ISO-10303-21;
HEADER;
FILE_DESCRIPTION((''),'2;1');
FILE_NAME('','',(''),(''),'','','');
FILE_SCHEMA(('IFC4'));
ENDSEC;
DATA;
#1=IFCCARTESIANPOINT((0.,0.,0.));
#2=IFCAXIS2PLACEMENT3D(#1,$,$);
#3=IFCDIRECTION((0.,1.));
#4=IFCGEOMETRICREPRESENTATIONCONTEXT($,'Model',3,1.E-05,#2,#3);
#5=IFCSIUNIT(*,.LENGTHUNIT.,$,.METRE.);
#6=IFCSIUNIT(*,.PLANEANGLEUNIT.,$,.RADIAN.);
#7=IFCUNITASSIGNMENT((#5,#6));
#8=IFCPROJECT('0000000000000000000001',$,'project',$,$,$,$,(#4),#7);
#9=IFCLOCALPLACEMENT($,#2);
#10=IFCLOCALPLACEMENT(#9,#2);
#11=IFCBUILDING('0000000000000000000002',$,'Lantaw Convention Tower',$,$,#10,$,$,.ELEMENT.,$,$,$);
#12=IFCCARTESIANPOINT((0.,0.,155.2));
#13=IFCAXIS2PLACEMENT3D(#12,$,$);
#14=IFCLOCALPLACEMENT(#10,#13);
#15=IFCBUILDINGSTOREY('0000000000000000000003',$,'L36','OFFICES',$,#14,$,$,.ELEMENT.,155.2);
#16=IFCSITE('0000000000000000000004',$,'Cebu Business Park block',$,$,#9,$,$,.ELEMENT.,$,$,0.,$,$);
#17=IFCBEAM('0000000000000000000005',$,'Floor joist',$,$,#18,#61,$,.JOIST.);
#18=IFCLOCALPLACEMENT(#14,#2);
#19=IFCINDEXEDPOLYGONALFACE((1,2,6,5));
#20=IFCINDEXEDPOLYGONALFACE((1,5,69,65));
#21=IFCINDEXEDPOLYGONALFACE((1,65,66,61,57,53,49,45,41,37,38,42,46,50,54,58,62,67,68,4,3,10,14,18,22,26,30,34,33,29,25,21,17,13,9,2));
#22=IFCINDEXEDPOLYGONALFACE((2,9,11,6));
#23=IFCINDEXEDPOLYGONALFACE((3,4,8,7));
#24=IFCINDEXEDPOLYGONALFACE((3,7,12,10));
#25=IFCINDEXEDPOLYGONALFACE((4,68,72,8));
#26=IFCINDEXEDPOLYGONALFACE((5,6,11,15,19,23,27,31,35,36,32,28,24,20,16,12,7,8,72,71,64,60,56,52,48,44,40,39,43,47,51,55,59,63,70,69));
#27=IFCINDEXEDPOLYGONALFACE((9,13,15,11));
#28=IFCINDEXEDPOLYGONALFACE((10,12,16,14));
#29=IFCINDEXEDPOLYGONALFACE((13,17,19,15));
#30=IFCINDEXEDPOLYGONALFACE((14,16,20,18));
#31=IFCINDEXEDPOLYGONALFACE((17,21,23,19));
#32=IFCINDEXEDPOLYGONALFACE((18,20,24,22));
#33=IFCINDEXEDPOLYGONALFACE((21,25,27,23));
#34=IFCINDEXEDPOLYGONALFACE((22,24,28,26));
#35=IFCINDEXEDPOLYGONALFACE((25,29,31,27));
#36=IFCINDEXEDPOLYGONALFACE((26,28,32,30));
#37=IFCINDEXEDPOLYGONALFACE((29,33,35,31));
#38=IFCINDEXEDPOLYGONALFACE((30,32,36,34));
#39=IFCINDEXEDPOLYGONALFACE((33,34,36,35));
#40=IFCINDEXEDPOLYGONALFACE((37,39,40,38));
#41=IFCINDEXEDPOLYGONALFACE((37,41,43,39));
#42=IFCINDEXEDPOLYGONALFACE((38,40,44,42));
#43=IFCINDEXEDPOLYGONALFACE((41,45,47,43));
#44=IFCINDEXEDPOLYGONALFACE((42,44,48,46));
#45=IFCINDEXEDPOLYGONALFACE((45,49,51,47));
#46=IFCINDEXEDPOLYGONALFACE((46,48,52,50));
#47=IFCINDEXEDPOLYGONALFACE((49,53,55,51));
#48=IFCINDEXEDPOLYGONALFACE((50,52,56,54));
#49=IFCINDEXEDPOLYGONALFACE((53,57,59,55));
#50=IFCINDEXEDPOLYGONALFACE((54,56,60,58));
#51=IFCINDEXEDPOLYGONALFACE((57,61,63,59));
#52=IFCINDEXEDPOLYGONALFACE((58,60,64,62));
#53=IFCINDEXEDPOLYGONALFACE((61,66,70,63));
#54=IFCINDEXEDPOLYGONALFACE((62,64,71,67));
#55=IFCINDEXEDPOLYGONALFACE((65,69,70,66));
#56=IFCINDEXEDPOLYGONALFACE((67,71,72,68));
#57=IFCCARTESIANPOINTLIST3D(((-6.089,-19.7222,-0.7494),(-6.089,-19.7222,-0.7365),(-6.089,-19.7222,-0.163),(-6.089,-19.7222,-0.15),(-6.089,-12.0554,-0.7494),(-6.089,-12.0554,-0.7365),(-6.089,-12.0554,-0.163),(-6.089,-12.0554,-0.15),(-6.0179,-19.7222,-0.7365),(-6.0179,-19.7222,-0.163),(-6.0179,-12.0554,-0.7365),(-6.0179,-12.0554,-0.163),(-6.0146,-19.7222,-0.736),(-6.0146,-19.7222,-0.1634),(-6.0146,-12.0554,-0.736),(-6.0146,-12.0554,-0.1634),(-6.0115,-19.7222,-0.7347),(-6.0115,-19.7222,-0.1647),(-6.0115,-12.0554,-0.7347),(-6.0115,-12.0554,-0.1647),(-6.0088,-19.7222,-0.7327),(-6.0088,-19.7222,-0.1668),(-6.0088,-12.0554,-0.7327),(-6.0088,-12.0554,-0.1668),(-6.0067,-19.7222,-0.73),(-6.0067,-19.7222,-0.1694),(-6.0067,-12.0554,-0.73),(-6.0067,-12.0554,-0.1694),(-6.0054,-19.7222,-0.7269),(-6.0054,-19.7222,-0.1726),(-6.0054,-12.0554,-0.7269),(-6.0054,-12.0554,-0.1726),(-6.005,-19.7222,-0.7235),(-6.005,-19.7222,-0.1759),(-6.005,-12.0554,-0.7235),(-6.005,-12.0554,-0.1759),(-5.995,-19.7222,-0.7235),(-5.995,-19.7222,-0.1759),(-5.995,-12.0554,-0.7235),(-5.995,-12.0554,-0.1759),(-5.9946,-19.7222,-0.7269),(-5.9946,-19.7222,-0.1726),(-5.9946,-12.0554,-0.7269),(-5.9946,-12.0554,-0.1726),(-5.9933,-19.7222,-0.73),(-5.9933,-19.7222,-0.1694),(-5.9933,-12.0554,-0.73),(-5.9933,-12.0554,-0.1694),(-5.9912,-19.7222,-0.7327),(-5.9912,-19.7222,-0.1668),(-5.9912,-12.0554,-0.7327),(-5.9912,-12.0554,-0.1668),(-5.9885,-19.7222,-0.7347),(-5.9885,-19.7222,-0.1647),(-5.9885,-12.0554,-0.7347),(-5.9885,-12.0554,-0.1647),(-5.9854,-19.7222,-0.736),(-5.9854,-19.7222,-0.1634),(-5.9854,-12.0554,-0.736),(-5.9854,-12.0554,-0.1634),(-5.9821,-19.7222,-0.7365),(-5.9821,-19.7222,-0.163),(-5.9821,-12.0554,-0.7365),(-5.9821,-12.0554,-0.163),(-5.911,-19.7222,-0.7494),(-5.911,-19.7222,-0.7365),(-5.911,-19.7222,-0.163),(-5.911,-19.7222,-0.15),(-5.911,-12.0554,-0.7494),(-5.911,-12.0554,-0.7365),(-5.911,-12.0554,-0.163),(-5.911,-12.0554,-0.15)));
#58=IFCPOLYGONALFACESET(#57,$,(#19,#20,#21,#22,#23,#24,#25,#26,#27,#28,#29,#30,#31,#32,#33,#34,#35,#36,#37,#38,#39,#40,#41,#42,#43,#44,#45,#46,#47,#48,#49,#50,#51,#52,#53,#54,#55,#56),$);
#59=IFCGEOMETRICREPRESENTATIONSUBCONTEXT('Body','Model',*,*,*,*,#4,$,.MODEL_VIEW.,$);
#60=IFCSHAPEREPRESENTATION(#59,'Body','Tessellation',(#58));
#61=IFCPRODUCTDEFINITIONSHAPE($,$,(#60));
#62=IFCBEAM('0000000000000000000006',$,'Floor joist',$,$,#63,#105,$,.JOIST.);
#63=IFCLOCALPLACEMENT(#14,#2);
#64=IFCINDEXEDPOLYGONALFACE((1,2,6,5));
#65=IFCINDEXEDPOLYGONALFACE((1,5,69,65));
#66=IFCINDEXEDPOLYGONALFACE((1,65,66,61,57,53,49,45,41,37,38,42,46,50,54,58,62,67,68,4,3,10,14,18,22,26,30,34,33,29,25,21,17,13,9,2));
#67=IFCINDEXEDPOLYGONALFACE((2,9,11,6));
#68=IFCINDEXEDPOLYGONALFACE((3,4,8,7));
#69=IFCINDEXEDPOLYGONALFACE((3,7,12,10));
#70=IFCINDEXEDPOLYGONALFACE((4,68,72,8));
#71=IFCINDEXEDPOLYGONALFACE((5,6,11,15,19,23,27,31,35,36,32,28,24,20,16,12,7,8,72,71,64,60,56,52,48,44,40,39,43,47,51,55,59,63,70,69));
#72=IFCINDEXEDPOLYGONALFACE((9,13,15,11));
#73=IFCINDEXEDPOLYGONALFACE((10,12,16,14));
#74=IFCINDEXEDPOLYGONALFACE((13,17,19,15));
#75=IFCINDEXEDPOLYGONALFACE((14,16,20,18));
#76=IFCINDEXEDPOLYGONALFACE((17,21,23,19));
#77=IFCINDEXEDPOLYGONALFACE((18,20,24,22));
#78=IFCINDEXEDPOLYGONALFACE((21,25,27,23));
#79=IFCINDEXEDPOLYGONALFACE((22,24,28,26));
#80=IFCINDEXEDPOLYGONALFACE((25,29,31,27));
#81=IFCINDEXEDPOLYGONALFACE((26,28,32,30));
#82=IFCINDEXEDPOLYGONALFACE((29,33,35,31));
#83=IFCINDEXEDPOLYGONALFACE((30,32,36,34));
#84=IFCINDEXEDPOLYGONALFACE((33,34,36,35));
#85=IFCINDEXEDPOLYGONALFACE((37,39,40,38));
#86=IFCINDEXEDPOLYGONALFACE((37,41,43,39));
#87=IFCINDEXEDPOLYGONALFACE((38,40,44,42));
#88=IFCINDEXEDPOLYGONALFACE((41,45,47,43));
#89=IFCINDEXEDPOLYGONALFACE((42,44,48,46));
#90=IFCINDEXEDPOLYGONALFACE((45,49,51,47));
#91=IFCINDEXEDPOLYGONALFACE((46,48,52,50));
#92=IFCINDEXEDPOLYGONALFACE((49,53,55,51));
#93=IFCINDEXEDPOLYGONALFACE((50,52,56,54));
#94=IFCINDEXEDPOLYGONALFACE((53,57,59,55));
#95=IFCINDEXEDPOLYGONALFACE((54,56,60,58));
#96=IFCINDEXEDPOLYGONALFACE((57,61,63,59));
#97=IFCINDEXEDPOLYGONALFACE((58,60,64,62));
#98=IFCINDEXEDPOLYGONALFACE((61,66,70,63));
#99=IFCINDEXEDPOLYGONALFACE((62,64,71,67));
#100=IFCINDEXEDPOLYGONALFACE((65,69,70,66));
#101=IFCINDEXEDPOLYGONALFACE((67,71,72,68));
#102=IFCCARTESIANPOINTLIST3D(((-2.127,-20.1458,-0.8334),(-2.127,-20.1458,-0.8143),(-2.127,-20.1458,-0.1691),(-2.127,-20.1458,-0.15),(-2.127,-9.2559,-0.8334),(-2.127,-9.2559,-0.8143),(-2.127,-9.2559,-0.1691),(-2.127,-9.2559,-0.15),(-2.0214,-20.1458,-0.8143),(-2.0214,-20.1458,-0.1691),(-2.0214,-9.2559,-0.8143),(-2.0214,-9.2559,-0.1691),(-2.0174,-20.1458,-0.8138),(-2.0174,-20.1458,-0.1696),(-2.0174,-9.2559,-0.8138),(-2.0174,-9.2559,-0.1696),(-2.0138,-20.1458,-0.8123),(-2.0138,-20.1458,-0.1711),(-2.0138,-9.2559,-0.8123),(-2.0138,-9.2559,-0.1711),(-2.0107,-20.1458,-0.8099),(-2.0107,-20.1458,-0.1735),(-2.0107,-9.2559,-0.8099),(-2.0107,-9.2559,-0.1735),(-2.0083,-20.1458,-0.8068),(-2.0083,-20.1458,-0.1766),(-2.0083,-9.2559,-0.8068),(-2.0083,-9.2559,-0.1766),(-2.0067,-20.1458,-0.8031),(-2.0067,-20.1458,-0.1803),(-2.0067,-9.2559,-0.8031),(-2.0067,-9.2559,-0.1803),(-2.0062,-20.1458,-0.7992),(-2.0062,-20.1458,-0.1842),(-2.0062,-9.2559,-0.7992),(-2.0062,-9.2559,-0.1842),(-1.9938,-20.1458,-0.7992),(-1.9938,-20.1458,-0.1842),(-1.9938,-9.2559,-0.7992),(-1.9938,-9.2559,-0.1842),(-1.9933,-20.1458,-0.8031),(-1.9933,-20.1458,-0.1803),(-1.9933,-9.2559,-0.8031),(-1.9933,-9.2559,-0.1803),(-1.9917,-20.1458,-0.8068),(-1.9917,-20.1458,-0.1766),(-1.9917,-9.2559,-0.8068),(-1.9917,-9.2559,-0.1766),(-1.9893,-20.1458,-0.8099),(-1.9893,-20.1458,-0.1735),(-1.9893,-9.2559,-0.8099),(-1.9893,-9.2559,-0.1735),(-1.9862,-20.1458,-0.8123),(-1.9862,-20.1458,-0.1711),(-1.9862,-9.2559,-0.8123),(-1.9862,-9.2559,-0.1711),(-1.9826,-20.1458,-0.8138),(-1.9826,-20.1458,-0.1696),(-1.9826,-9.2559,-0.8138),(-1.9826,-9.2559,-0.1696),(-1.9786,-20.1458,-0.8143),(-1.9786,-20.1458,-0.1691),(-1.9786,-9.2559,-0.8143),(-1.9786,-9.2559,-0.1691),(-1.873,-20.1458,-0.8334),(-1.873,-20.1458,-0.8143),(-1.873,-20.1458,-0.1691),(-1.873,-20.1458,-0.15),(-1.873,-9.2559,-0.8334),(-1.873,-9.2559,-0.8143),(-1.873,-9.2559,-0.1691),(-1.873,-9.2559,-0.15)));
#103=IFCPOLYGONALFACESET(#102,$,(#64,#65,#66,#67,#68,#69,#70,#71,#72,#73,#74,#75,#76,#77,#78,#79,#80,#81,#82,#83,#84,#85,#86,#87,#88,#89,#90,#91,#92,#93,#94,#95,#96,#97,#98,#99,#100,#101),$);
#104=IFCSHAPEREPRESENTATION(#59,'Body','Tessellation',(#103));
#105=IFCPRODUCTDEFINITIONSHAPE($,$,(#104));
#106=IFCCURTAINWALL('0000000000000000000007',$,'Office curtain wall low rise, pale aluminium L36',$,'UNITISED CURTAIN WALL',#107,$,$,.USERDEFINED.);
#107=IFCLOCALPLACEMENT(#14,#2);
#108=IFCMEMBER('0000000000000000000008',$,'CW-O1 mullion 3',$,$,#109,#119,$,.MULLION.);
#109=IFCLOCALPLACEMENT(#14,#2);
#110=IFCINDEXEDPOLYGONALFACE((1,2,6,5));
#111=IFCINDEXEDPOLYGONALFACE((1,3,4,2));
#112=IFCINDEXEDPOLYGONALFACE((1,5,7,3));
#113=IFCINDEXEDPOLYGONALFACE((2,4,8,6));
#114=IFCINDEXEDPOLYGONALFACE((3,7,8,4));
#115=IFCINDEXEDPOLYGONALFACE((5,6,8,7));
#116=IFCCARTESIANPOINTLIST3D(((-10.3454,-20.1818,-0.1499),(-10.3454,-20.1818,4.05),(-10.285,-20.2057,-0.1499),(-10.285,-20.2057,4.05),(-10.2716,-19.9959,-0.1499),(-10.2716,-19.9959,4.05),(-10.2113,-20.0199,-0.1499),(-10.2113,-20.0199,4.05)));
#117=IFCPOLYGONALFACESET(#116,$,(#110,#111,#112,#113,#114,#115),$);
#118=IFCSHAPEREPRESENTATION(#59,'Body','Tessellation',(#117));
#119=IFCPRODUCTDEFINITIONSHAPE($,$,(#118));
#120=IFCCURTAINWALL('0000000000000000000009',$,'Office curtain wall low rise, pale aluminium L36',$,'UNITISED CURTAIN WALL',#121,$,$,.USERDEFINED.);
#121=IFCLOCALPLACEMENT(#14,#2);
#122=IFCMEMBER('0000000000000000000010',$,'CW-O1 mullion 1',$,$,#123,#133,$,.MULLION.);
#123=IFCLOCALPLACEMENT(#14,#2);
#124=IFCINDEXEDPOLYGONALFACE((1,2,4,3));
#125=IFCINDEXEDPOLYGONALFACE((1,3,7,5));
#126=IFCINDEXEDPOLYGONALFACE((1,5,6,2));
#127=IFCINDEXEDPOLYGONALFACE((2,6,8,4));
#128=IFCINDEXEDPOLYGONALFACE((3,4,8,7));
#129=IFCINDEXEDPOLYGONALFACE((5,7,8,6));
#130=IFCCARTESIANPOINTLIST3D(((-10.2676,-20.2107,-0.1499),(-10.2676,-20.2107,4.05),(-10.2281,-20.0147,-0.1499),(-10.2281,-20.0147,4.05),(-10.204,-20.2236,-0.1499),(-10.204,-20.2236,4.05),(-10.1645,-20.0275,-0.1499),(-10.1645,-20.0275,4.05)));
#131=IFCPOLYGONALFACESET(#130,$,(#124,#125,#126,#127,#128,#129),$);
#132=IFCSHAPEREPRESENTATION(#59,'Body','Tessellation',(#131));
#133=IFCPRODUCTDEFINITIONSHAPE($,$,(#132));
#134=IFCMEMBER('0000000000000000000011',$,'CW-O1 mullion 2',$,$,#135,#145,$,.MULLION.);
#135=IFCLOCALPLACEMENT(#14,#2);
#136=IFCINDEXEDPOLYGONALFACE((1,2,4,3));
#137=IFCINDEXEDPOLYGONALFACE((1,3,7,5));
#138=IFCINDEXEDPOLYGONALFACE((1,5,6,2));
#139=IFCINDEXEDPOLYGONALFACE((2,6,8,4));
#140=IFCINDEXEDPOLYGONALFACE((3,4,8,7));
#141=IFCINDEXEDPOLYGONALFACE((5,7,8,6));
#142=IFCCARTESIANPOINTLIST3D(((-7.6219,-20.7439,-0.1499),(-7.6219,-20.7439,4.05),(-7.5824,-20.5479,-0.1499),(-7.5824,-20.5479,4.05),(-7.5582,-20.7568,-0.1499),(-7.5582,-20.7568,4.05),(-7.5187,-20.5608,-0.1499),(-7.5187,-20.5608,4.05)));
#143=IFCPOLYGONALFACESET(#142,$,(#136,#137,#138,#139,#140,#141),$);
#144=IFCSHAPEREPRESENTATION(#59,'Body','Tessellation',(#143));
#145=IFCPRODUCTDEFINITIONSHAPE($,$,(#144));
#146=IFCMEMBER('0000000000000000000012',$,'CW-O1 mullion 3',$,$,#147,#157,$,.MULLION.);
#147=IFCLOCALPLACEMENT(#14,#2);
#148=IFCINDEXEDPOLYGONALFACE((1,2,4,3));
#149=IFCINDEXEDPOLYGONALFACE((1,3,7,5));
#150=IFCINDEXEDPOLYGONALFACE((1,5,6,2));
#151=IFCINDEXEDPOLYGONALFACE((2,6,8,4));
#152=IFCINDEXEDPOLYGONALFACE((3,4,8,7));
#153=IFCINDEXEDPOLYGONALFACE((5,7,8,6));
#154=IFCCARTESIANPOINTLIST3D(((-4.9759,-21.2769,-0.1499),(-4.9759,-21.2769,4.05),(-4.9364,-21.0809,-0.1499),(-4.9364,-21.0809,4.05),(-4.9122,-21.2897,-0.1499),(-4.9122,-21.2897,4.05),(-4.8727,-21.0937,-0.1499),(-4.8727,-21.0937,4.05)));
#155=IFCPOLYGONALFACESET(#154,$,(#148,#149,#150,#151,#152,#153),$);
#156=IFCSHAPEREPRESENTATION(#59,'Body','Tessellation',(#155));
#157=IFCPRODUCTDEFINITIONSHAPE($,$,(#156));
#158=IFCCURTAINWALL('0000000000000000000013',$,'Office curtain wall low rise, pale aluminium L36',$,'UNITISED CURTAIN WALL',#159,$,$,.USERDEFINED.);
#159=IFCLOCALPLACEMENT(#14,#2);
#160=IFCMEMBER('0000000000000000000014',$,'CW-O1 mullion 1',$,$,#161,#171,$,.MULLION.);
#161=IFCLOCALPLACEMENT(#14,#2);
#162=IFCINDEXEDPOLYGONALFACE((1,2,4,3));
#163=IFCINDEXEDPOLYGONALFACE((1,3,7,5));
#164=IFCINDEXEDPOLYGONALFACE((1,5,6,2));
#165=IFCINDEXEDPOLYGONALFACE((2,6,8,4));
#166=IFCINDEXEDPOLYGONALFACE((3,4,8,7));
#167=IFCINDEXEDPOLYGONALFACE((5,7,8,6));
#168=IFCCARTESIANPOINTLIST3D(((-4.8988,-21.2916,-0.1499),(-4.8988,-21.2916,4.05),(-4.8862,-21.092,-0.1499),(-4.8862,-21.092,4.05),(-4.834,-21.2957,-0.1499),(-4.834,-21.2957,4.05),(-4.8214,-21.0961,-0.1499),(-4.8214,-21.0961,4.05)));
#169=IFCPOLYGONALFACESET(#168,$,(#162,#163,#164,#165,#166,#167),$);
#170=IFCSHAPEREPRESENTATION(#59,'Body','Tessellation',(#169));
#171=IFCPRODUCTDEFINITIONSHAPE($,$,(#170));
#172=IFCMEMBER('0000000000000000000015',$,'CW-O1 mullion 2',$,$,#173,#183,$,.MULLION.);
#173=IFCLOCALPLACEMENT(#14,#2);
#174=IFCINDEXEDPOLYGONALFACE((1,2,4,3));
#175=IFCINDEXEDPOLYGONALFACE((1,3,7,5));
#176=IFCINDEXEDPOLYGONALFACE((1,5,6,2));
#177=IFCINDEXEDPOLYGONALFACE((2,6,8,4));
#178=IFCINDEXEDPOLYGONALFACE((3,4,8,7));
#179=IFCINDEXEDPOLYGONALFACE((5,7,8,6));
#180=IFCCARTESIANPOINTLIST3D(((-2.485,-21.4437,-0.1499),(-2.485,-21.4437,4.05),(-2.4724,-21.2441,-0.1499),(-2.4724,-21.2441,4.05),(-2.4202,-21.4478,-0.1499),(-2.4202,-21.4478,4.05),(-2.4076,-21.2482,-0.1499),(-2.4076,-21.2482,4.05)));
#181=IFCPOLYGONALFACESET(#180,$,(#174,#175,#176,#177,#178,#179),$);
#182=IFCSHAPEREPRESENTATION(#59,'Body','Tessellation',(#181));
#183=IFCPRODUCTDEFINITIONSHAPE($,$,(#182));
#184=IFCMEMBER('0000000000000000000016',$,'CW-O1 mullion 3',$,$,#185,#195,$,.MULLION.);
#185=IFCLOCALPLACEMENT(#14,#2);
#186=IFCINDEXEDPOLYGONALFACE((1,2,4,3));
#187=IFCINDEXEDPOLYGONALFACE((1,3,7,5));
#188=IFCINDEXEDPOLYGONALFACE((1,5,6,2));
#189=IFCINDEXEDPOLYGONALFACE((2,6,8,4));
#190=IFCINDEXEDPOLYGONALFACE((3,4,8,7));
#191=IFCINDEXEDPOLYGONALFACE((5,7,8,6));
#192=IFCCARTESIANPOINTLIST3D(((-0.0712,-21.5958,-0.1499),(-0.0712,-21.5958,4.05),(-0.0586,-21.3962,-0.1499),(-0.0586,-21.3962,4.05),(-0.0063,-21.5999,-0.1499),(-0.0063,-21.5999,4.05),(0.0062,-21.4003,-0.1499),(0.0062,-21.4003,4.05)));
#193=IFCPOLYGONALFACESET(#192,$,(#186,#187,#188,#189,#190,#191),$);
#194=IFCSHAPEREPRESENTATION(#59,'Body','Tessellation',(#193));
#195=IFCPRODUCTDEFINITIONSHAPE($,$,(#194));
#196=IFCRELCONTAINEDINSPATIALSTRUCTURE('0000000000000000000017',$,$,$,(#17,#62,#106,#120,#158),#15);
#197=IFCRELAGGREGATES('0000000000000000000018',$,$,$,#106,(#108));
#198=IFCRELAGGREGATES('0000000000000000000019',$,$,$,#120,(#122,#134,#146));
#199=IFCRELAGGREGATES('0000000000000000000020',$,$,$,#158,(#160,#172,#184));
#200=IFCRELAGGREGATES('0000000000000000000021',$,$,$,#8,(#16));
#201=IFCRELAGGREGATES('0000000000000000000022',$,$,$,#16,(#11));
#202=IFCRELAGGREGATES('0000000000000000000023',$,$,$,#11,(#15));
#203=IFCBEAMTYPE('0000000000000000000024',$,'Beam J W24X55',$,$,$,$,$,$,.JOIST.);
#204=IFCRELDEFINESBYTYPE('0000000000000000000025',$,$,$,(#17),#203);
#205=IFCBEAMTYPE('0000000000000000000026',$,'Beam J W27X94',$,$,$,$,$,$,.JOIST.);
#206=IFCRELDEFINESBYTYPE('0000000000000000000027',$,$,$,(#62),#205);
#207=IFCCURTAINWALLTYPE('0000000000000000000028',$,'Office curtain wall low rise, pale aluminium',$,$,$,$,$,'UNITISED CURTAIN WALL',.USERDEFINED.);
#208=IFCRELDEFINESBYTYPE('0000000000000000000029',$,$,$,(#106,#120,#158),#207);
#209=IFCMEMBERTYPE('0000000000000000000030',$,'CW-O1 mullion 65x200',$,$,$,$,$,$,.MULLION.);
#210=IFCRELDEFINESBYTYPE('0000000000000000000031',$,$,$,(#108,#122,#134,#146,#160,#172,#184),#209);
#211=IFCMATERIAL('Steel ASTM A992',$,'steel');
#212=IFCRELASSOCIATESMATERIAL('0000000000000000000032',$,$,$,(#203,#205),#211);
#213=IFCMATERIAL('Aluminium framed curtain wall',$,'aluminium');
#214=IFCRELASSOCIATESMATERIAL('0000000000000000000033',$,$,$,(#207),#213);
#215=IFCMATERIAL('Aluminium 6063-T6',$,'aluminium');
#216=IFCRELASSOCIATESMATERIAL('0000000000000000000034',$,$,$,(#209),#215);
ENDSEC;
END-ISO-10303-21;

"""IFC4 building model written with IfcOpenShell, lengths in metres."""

from ifc_helpers import new_model, si_unit, direction, frame, origin, origin_2d, place, context, subcontext, project, spatial, rectangle, i_section, extrude, material, material_profile, profile_set, type_object, element, aggregate, save


model = new_model("IFC4")

# Units and contexts
model_context = context("Model", 3, precision=1e-05, world=origin(), true_north=direction((0.0, 1.0)))
body_context = subcontext(model_context, "Body", "Model", "MODEL_VIEW")
ifc_project = project(units=[si_unit("LENGTHUNIT", "METRE"), si_unit("PLANEANGLEUNIT", "RADIAN")], contexts=[model_context])

# Site, building, storey
site_placement = place(None, origin())
site = spatial("IfcSite", under=ifc_project, at=site_placement, Name="Cebu Business Park block", CompositionType="ELEMENT", RefElevation=0.0)
building_placement = place(site_placement, origin())
building = spatial("IfcBuilding", under=site, at=building_placement, Name="Lantaw Convention Tower", CompositionType="ELEMENT")
storey_placement = place(building_placement, frame((0.0, 0.0, 155.2)))
storey = spatial("IfcBuildingStorey", under=building, at=storey_placement, Name="L36", Description="OFFICES", CompositionType="ELEMENT", Elevation=155.2)

# Beams
ifc_material_1 = material(Name="Steel ASTM A992", Category="steel")
ifc_material_profile_1 = material_profile(ifc_material_1, i_section(OverallWidth=0.178, OverallDepth=0.5994, WebThickness=0.01, FlangeThickness=0.0129, FilletRadius=0.0129, at=origin_2d()), Name="W24X55")
ifc_profile_set_1 = profile_set([ifc_material_profile_1], Name="Steel ASTM A992")
beam_type_1 = type_object("IfcBeamType", Name="Beam J W24X55", PredefinedType="JOIST", material=ifc_profile_set_1)
beam_1_placement = place(storey_placement, frame((-6.0, -19.7222, -0.4497), z_axis=(0.0, 1.0, 0.0), x_axis=(-1.0, 0.0, 0.0)))
element("IfcBeam", 1, at=beam_1_placement, inside=storey, type_object=beam_type_1, Name="Floor joist", PredefinedType="JOIST", context=body_context, shape_type="SweptSolid", body=[
    extrude(i_section(OverallWidth=0.178, OverallDepth=0.5994, WebThickness=0.01, FlangeThickness=0.0129, FilletRadius=0.0129, at=origin_2d()), origin(), (0.0, 0.0, 1.0), 7.6667),
])
ifc_material_profile_2 = material_profile(ifc_material_1, i_section(OverallWidth=0.2539, OverallDepth=0.6833, WebThickness=0.0125, FlangeThickness=0.019, FilletRadius=0.0151, at=origin_2d()), Name="W27X94")
ifc_profile_set_2 = profile_set([ifc_material_profile_2], Name="Steel ASTM A992")
beam_type_2 = type_object("IfcBeamType", Name="Beam J W27X94", PredefinedType="JOIST", material=ifc_profile_set_2)
beam_2_placement = place(storey_placement, frame((-2.0, -20.1458, -0.4917), z_axis=(0.0, 1.0, 0.0), x_axis=(-1.0, 0.0, 0.0)))
element("IfcBeam", 2, at=beam_2_placement, inside=storey, type_object=beam_type_2, Name="Floor joist", PredefinedType="JOIST", context=body_context, shape_type="SweptSolid", body=[
    extrude(i_section(OverallWidth=0.2539, OverallDepth=0.6833, WebThickness=0.0125, FlangeThickness=0.019, FilletRadius=0.0151, at=origin_2d()), origin(), (0.0, 0.0, 1.0), 10.8899),
])

# Curtain wall, member
ifc_material_2 = material(Name="Aluminium framed curtain wall", Category="aluminium")
curtain_wall_type = type_object("IfcCurtainWallType", Name="Office curtain wall low rise, pale aluminium", ElementType="UNITISED CURTAIN WALL", PredefinedType="USERDEFINED", material=ifc_material_2)
curtain_wall_1_placement = place(storey_placement, origin())
curtain_wall_1 = element("IfcCurtainWall", 3, at=curtain_wall_1_placement, inside=storey, type_object=curtain_wall_type, Name="Office curtain wall low rise, pale aluminium L36", ObjectType="UNITISED CURTAIN WALL", PredefinedType="USERDEFINED")
ifc_material_3 = material(Name="Aluminium 6063-T6", Category="aluminium")
ifc_material_profile_3 = material_profile(ifc_material_3, rectangle(XDim=0.2, YDim=0.0649, at=origin_2d()), Name="CW-O1 mullion 65x200")
ifc_profile_set_3 = profile_set([ifc_material_profile_3], Name="Aluminium 6063-T6")
member_type_1 = type_object("IfcMemberType", Name="CW-O1 mullion 65x200", PredefinedType="MULLION", material=ifc_profile_set_3)
member_1_placement = place(storey_placement, frame((-10.2783, -20.1008, -0.1499), z_axis=(0.0, 0.0, 1.0), x_axis=(0.368702, 0.929548, 0.0)))
member_1 = element("IfcMember", 4, at=member_1_placement, type_object=member_type_1, Name="CW-O1 mullion 3", PredefinedType="MULLION", context=body_context, shape_type="SweptSolid", body=[
    extrude(rectangle(XDim=0.2, YDim=0.0649, at=origin_2d()), origin(), (0.0, 0.0, 1.0), 4.2),
])

# Curtain walls, members
curtain_wall_2_placement = place(storey_placement, origin())
curtain_wall_2 = element("IfcCurtainWall", 5, at=curtain_wall_2_placement, inside=storey, type_object=curtain_wall_type, Name="Office curtain wall low rise, pale aluminium L36", ObjectType="UNITISED CURTAIN WALL", PredefinedType="USERDEFINED")
member_2_placement = place(storey_placement, frame((-10.2161, -20.1191, -0.1499), z_axis=(0.0, 0.0, 1.0), x_axis=(0.197507, 0.980302, 0.0)))
member_2 = element("IfcMember", 6, at=member_2_placement, type_object=member_type_1, Name="CW-O1 mullion 1", PredefinedType="MULLION", context=body_context, shape_type="SweptSolid", body=[
    extrude(rectangle(XDim=0.2, YDim=0.0649, at=origin_2d()), origin(), (0.0, 0.0, 1.0), 4.2),
])
member_3_placement = place(storey_placement, frame((-7.5703, -20.6523, -0.1499), z_axis=(0.0, 0.0, 1.0), x_axis=(0.197507, 0.980302, 0.0)))
member_3 = element("IfcMember", 7, at=member_3_placement, type_object=member_type_1, Name="CW-O1 mullion 2", PredefinedType="MULLION", context=body_context, shape_type="SweptSolid", body=[
    extrude(rectangle(XDim=0.2, YDim=0.0649, at=origin_2d()), origin(), (0.0, 0.0, 1.0), 4.2),
])
member_4_placement = place(storey_placement, frame((-4.9243, -21.1853, -0.1499), z_axis=(0.0, 0.0, 1.0), x_axis=(0.197507, 0.980302, 0.0)))
member_4 = element("IfcMember", 8, at=member_4_placement, type_object=member_type_1, Name="CW-O1 mullion 3", PredefinedType="MULLION", context=body_context, shape_type="SweptSolid", body=[
    extrude(rectangle(XDim=0.2, YDim=0.0649, at=origin_2d()), origin(), (0.0, 0.0, 1.0), 4.2),
])
curtain_wall_3_placement = place(storey_placement, origin())
curtain_wall_3 = element("IfcCurtainWall", 9, at=curtain_wall_3_placement, inside=storey, type_object=curtain_wall_type, Name="Office curtain wall low rise, pale aluminium L36", ObjectType="UNITISED CURTAIN WALL", PredefinedType="USERDEFINED")
member_5_placement = place(storey_placement, frame((-4.8601, -21.1938, -0.1499), z_axis=(0.0, 0.0, 1.0), x_axis=(0.062865, 0.998022, 0.0)))
member_5 = element("IfcMember", 10, at=member_5_placement, type_object=member_type_1, Name="CW-O1 mullion 1", PredefinedType="MULLION", context=body_context, shape_type="SweptSolid", body=[
    extrude(rectangle(XDim=0.2, YDim=0.0649, at=origin_2d()), origin(), (0.0, 0.0, 1.0), 4.2),
])
member_6_placement = place(storey_placement, frame((-2.4463, -21.3459, -0.1499), z_axis=(0.0, 0.0, 1.0), x_axis=(0.062865, 0.998022, 0.0)))
member_6 = element("IfcMember", 11, at=member_6_placement, type_object=member_type_1, Name="CW-O1 mullion 2", PredefinedType="MULLION", context=body_context, shape_type="SweptSolid", body=[
    extrude(rectangle(XDim=0.2, YDim=0.0649, at=origin_2d()), origin(), (0.0, 0.0, 1.0), 4.2),
])
member_7_placement = place(storey_placement, frame((-0.0325, -21.498, -0.1499), z_axis=(0.0, 0.0, 1.0), x_axis=(0.062865, 0.998022, 0.0)))
member_7 = element("IfcMember", 12, at=member_7_placement, type_object=member_type_1, Name="CW-O1 mullion 3", PredefinedType="MULLION", context=body_context, shape_type="SweptSolid", body=[
    extrude(rectangle(XDim=0.2, YDim=0.0649, at=origin_2d()), origin(), (0.0, 0.0, 1.0), 4.2),
])

aggregate(curtain_wall_1, [member_1])
aggregate(curtain_wall_2, [member_2, member_3, member_4])
aggregate(curtain_wall_3, [member_5, member_6, member_7])

save(model, "model.ifc")
